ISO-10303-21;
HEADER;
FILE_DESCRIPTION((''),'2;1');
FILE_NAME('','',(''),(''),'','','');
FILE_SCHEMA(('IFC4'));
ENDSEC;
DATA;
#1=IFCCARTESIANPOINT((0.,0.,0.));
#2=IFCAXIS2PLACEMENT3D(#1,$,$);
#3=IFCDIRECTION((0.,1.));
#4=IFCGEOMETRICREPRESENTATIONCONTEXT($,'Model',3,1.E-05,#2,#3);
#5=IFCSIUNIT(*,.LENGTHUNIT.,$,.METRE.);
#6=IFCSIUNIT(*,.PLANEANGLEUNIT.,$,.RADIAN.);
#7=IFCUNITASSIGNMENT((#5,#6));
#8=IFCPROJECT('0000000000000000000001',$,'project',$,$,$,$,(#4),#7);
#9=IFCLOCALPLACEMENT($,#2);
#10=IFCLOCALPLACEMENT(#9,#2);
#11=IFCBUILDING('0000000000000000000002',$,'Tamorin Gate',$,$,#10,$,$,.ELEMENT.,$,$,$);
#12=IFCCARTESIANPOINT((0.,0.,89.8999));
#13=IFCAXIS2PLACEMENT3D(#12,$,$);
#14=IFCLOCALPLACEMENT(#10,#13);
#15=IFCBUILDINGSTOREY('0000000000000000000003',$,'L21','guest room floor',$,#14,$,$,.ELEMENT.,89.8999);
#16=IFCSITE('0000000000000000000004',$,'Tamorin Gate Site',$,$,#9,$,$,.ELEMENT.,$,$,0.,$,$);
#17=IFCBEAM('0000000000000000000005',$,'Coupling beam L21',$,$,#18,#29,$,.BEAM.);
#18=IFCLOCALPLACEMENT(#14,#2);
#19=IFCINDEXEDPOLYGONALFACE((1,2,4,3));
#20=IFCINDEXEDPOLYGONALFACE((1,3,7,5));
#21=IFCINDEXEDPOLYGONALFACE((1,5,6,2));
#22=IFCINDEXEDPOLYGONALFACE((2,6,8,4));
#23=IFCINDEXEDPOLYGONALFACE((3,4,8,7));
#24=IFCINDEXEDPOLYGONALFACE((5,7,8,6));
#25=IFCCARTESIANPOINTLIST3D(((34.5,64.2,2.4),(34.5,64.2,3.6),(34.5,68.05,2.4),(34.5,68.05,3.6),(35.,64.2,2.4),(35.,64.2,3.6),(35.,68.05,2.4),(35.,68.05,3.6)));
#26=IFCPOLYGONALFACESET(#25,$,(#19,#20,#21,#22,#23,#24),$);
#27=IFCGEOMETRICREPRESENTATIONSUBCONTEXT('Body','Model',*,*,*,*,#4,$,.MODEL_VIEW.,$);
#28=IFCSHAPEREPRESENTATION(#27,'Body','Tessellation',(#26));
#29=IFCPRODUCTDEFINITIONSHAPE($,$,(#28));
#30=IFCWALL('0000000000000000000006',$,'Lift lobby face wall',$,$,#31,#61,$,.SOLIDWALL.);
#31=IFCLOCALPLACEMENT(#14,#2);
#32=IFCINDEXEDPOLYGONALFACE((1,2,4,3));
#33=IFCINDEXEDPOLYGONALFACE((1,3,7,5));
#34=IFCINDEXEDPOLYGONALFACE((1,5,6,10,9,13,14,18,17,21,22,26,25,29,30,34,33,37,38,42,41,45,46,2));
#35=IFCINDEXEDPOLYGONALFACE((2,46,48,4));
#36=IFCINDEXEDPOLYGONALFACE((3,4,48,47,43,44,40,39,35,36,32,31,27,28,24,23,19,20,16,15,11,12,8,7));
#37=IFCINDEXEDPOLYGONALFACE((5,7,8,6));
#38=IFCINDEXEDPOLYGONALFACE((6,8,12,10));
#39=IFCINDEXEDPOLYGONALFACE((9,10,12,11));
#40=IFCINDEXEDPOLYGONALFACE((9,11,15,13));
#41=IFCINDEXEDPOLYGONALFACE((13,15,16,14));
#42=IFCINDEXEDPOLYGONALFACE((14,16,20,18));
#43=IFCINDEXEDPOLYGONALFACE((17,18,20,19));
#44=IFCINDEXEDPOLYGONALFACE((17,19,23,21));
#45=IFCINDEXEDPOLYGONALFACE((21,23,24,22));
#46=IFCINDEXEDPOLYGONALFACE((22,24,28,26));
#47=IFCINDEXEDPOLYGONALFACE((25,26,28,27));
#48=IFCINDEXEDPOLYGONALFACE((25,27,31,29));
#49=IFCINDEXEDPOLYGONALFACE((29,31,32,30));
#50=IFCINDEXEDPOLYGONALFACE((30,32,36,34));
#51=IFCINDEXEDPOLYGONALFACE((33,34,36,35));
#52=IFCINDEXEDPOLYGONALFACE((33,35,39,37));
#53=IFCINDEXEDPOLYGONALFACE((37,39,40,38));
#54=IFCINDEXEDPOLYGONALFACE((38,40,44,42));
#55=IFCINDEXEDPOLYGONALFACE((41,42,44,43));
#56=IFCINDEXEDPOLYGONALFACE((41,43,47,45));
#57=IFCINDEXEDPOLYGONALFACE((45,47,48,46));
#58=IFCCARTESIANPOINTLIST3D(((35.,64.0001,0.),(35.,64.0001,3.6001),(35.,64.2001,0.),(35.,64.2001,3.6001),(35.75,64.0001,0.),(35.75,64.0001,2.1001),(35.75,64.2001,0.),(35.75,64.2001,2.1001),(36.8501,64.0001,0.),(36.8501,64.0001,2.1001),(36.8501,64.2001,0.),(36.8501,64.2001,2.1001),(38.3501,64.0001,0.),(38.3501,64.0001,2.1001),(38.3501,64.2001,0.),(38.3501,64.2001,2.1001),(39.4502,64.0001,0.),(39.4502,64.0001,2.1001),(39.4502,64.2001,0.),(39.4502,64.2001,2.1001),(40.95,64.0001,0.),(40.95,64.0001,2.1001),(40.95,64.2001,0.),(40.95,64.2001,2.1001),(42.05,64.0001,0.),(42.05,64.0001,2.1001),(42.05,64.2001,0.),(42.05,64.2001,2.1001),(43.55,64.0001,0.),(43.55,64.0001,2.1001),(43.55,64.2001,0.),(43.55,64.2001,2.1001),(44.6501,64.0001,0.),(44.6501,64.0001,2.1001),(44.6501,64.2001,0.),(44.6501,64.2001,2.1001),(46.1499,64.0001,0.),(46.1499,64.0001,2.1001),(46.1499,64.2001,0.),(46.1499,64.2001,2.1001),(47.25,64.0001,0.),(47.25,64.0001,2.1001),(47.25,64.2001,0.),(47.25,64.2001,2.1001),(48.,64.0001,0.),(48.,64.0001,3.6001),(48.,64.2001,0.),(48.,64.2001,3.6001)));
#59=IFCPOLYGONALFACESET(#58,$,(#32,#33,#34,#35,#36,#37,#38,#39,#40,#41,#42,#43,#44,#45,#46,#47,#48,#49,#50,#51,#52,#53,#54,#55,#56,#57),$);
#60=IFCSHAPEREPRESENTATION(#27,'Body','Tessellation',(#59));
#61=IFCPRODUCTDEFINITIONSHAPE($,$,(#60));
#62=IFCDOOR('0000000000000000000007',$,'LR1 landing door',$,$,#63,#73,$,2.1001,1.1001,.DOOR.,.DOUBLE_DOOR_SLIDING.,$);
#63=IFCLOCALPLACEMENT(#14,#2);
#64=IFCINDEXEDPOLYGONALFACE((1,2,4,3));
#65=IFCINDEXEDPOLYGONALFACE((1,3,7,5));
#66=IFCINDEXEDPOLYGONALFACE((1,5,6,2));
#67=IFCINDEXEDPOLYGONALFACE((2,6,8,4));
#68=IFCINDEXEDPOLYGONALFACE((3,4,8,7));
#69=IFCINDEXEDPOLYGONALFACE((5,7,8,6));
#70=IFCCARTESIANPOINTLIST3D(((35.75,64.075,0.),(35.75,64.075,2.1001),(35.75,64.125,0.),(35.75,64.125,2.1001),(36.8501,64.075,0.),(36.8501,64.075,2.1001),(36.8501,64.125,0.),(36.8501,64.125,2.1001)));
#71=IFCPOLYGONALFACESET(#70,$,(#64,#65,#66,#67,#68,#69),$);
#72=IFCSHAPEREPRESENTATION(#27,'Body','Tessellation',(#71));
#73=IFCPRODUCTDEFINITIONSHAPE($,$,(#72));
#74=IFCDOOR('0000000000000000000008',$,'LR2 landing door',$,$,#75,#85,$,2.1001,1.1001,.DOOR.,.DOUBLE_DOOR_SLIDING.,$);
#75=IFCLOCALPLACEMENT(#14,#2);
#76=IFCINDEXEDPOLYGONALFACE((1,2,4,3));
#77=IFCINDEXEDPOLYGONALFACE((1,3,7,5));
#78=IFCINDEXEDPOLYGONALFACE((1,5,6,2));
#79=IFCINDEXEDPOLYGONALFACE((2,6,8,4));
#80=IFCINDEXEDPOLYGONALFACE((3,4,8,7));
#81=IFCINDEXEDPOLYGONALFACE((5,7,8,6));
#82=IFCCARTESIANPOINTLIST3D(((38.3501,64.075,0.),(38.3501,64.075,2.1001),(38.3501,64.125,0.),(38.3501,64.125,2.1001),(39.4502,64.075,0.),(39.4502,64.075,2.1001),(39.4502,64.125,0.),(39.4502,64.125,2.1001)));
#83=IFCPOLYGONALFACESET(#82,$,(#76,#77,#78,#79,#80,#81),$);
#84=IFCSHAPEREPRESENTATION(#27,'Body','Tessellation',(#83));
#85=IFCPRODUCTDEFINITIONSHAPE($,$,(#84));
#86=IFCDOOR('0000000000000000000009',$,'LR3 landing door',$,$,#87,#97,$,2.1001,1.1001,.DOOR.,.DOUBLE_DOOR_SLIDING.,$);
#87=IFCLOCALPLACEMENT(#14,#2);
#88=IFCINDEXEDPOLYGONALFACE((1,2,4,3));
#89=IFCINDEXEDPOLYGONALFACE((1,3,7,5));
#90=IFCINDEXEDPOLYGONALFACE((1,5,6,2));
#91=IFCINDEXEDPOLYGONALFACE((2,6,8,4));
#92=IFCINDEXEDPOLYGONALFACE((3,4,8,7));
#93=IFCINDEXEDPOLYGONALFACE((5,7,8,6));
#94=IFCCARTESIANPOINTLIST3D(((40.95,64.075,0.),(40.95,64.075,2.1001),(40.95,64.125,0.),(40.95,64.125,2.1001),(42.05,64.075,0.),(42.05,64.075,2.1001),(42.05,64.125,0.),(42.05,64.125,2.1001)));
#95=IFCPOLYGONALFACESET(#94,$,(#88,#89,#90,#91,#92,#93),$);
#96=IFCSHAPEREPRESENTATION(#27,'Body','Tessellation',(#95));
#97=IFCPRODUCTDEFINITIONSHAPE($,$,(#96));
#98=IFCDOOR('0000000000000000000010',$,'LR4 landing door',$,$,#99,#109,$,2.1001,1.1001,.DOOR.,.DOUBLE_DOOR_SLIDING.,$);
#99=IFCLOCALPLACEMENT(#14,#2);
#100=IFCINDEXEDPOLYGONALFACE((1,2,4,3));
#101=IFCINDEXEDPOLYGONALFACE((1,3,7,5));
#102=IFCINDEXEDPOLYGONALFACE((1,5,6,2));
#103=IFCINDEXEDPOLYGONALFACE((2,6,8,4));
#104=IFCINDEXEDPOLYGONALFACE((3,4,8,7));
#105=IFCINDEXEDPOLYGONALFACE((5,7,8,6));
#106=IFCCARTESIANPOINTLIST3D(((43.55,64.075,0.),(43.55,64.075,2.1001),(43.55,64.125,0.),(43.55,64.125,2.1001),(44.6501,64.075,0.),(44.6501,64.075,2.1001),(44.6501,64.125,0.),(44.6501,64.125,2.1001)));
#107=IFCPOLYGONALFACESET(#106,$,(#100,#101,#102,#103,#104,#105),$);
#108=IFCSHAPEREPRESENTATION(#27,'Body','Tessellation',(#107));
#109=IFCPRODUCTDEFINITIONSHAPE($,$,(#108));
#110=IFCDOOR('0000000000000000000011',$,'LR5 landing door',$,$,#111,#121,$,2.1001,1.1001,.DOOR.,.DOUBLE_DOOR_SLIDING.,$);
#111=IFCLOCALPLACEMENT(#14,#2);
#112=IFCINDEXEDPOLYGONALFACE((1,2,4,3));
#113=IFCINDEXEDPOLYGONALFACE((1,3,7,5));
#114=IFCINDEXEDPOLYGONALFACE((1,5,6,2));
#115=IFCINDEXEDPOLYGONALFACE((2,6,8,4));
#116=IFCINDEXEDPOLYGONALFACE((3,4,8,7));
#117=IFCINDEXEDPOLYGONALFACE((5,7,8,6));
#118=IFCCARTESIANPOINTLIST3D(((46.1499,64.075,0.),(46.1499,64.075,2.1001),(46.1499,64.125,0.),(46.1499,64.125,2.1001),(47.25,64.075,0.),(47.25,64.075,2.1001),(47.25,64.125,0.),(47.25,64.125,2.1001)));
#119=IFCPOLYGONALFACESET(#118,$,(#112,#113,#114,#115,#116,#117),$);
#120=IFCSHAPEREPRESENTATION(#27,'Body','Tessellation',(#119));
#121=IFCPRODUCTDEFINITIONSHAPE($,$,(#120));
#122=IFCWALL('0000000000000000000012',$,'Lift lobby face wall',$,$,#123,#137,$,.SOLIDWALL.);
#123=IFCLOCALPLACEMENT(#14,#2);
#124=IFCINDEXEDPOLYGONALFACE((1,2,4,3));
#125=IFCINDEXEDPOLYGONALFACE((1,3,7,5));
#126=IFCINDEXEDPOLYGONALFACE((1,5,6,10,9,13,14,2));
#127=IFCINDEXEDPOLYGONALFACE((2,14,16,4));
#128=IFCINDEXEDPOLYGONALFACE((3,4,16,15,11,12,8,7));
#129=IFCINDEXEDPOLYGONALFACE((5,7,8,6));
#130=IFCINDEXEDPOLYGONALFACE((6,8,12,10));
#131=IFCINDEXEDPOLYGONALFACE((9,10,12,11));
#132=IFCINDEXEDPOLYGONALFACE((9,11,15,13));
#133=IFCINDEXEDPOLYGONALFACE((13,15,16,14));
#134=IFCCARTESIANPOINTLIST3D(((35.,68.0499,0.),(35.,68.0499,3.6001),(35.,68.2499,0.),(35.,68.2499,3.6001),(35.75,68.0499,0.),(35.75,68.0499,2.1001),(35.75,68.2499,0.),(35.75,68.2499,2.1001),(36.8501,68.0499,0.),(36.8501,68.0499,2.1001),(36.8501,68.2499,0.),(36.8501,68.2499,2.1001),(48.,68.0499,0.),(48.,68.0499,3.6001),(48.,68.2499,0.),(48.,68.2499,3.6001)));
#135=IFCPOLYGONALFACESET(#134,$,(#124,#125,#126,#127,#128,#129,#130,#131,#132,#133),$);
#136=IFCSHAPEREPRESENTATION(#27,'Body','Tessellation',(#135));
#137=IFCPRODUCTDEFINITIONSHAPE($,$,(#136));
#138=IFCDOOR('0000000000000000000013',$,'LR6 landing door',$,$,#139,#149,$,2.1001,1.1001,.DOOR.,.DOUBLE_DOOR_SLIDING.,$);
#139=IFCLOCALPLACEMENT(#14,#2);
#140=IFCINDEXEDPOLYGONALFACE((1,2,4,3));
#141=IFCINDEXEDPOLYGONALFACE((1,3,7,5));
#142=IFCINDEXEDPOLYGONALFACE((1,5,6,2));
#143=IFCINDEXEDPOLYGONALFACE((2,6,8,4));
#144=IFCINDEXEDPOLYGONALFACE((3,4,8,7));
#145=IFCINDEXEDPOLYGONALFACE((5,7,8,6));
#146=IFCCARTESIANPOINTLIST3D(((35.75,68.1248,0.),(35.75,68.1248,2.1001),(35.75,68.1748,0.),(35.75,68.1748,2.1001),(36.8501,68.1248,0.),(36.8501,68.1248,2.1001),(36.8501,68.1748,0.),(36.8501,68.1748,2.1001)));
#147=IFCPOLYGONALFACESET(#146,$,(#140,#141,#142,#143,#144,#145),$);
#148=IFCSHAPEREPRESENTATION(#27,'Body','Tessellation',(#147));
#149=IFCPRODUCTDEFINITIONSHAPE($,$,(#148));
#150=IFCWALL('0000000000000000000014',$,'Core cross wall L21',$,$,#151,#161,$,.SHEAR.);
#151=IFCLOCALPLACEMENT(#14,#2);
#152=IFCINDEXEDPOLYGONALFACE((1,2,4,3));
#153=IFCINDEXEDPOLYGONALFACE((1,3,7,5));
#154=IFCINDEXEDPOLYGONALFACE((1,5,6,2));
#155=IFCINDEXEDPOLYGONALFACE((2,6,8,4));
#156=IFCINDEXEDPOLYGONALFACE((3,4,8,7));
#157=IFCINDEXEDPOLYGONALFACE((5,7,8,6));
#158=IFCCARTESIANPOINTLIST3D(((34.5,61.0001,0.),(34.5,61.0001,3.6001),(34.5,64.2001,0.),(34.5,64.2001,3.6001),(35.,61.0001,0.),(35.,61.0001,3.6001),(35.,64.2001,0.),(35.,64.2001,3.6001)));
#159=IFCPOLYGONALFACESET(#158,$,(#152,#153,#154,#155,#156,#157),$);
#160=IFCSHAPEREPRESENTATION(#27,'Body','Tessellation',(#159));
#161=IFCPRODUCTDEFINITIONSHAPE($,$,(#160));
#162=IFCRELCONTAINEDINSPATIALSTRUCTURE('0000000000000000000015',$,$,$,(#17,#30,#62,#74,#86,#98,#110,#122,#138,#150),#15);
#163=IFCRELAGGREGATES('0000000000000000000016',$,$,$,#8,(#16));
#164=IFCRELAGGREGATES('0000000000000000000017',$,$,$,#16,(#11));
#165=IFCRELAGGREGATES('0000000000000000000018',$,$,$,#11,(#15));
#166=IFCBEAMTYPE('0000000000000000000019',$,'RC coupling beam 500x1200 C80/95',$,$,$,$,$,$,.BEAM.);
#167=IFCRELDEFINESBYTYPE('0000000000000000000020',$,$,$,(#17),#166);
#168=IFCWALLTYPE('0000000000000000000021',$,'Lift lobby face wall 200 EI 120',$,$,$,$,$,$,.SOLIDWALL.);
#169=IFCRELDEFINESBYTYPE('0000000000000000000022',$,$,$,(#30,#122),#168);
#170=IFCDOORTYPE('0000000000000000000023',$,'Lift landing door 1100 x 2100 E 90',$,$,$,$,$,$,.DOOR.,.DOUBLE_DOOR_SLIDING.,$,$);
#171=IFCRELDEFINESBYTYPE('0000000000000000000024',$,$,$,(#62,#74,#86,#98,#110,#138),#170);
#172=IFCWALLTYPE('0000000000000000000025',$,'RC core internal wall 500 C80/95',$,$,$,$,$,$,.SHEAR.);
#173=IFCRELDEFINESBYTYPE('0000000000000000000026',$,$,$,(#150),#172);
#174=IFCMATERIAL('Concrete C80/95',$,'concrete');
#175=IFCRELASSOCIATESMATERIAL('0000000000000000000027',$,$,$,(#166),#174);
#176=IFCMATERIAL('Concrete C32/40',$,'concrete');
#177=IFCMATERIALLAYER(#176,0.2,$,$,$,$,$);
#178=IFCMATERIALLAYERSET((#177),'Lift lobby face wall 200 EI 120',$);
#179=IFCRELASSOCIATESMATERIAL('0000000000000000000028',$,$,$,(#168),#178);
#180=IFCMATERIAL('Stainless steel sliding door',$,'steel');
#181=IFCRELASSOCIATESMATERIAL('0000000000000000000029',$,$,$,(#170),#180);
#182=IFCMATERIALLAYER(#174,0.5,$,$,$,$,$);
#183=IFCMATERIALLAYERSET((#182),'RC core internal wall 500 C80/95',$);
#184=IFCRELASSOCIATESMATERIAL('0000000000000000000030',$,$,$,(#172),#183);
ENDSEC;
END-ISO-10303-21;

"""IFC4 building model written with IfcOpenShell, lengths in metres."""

from ifc_helpers import new_model, si_unit, direction, frame, frame_2d, origin, origin_2d, place, context, subcontext, project, spatial, rectangle, extrude, material, layer, layer_set, material_profile, profile_set, type_object, element, fill, save


model = new_model("IFC4")

# Units and contexts
model_context = context("Model", 3, precision=1e-05, world=origin(), true_north=direction((0.0, 1.0)))
body_context = subcontext(model_context, "Body", "Model", "MODEL_VIEW")
ifc_project = project(units=[si_unit("LENGTHUNIT", "METRE"), si_unit("PLANEANGLEUNIT", "RADIAN")], contexts=[model_context])

# Site, building, storey
site_placement = place(None, origin())
site = spatial("IfcSite", under=ifc_project, at=site_placement, Name="Tamorin Gate Site", CompositionType="ELEMENT", RefElevation=0.0)
building_placement = place(site_placement, origin())
building = spatial("IfcBuilding", under=site, at=building_placement, Name="Tamorin Gate", CompositionType="ELEMENT")
storey_placement = place(building_placement, frame((0.0, 0.0, 89.8999)))
storey = spatial("IfcBuildingStorey", under=building, at=storey_placement, Name="L21", Description="guest room floor", CompositionType="ELEMENT", Elevation=89.8999)

# Beam
ifc_material_1 = material(Name="Concrete C80/95", Category="concrete")
ifc_material_profile = material_profile(ifc_material_1, rectangle(XDim=0.5, YDim=1.2, at=origin_2d()), Name="RC 500x1200")
ifc_profile_set = profile_set([ifc_material_profile], Name="Concrete C80/95")
beam_type = type_object("IfcBeamType", Name="RC coupling beam 500x1200 C80/95", PredefinedType="BEAM", material=ifc_profile_set)
beam_placement = place(storey_placement, frame((34.75, 64.2, 3.0), z_axis=(0.0, 1.0, 0.0), x_axis=(-1.0, 0.0, 0.0)))
element("IfcBeam", 1, at=beam_placement, inside=storey, type_object=beam_type, Name="Coupling beam L21", PredefinedType="BEAM", context=body_context, shape_type="SweptSolid", body=[
    extrude(rectangle(XDim=0.5, YDim=1.2, at=origin_2d()), origin(), (0.0, 0.0, 1.0), 3.8501),
])

# Wall, openings, doors
ifc_material_2 = material(Name="Concrete C32/40", Category="concrete")
ifc_layer_1 = layer(ifc_material_2, 0.2)
ifc_layer_set_1 = layer_set([ifc_layer_1], Name="Lift lobby face wall 200 EI 120")
wall_type_1 = type_object("IfcWallType", Name="Lift lobby face wall 200 EI 120", PredefinedType="SOLIDWALL", material=ifc_layer_set_1)
wall_1_placement = place(storey_placement, frame((35.0, 64.1001, 0.0), z_axis=(0.0, 0.0, 1.0), x_axis=(1.0, 0.0, 0.0)))
wall_1 = element("IfcWall", 2, at=wall_1_placement, inside=storey, type_object=wall_type_1, Name="Lift lobby face wall", PredefinedType="SOLIDWALL", context=body_context, shape_type="SweptSolid", body=[
    extrude(rectangle(XDim=13.0, YDim=0.2, at=frame_2d((6.5, 0.0))), origin(), (0.0, 0.0, 1.0), 3.6001),
])
opening_1_placement = place(wall_1_placement, frame((0.75, 0.0, 0.0)))
opening_1 = element("IfcOpeningElement", 3, at=opening_1_placement, cuts=wall_1, PredefinedType="OPENING", context=body_context, shape_type="SweptSolid", body=[
    extrude(rectangle(XDim=1.1001, YDim=2.1001, at=frame_2d((0.55, 1.05))), frame((0.0, 0.1099, 0.0), z_axis=(0.0, -1.0, 0.0), x_axis=(1.0, 0.0, 0.0)), (0.0, 0.0, 1.0), 0.22),
])
opening_2_placement = place(wall_1_placement, frame((3.3501, 0.0, 0.0)))
opening_2 = element("IfcOpeningElement", 4, at=opening_2_placement, cuts=wall_1, PredefinedType="OPENING", context=body_context, shape_type="SweptSolid", body=[
    extrude(rectangle(XDim=1.1001, YDim=2.1001, at=frame_2d((0.55, 1.05))), frame((0.0, 0.1099, 0.0), z_axis=(0.0, -1.0, 0.0), x_axis=(1.0, 0.0, 0.0)), (0.0, 0.0, 1.0), 0.22),
])
opening_3_placement = place(wall_1_placement, frame((5.95, 0.0, 0.0)))
opening_3 = element("IfcOpeningElement", 5, at=opening_3_placement, cuts=wall_1, PredefinedType="OPENING", context=body_context, shape_type="SweptSolid", body=[
    extrude(rectangle(XDim=1.1001, YDim=2.1001, at=frame_2d((0.55, 1.05))), frame((0.0, 0.1099, 0.0), z_axis=(0.0, -1.0, 0.0), x_axis=(1.0, 0.0, 0.0)), (0.0, 0.0, 1.0), 0.22),
])
opening_4_placement = place(wall_1_placement, frame((8.55, 0.0, 0.0)))
opening_4 = element("IfcOpeningElement", 6, at=opening_4_placement, cuts=wall_1, PredefinedType="OPENING", context=body_context, shape_type="SweptSolid", body=[
    extrude(rectangle(XDim=1.1001, YDim=2.1001, at=frame_2d((0.55, 1.05))), frame((0.0, 0.1099, 0.0), z_axis=(0.0, -1.0, 0.0), x_axis=(1.0, 0.0, 0.0)), (0.0, 0.0, 1.0), 0.22),
])
opening_5_placement = place(wall_1_placement, frame((11.1499, 0.0, 0.0)))
opening_5 = element("IfcOpeningElement", 7, at=opening_5_placement, cuts=wall_1, PredefinedType="OPENING", context=body_context, shape_type="SweptSolid", body=[
    extrude(rectangle(XDim=1.1001, YDim=2.1001, at=frame_2d((0.55, 1.05))), frame((0.0, 0.1099, 0.0), z_axis=(0.0, -1.0, 0.0), x_axis=(1.0, 0.0, 0.0)), (0.0, 0.0, 1.0), 0.22),
])
ifc_material_3 = material(Name="Stainless steel sliding door", Category="steel")
door_type_1 = type_object("IfcDoorType", Name="Lift landing door 1100 x 2100 E 90", OperationType="DOUBLE_DOOR_SLIDING", PredefinedType="DOOR", material=ifc_material_3)
door_1_placement = place(opening_1_placement, origin())
door_1 = element("IfcDoor", 8, at=door_1_placement, inside=storey, type_object=door_type_1, Name="LR1 landing door", OperationType="DOUBLE_DOOR_SLIDING", OverallHeight=2.1001, OverallWidth=1.1001, PredefinedType="DOOR", context=body_context, shape_type="SweptSolid", body=[
    extrude(rectangle(XDim=1.1001, YDim=2.1001, at=frame_2d((0.55, 1.05))), frame((0.0, 0.0249, 0.0), z_axis=(0.0, -1.0, 0.0), x_axis=(1.0, 0.0, 0.0)), (0.0, 0.0, 1.0), 0.05),
])
fill(opening_1, door_1)
door_2_placement = place(opening_2_placement, origin())
door_2 = element("IfcDoor", 9, at=door_2_placement, inside=storey, type_object=door_type_1, Name="LR2 landing door", OperationType="DOUBLE_DOOR_SLIDING", OverallHeight=2.1001, OverallWidth=1.1001, PredefinedType="DOOR", context=body_context, shape_type="SweptSolid", body=[
    extrude(rectangle(XDim=1.1001, YDim=2.1001, at=frame_2d((0.55, 1.05))), frame((0.0, 0.0249, 0.0), z_axis=(0.0, -1.0, 0.0), x_axis=(1.0, 0.0, 0.0)), (0.0, 0.0, 1.0), 0.05),
])
fill(opening_2, door_2)
door_3_placement = place(opening_3_placement, origin())
door_3 = element("IfcDoor", 10, at=door_3_placement, inside=storey, type_object=door_type_1, Name="LR3 landing door", OperationType="DOUBLE_DOOR_SLIDING", OverallHeight=2.1001, OverallWidth=1.1001, PredefinedType="DOOR", context=body_context, shape_type="SweptSolid", body=[
    extrude(rectangle(XDim=1.1001, YDim=2.1001, at=frame_2d((0.55, 1.05))), frame((0.0, 0.0249, 0.0), z_axis=(0.0, -1.0, 0.0), x_axis=(1.0, 0.0, 0.0)), (0.0, 0.0, 1.0), 0.05),
])
fill(opening_3, door_3)
door_4_placement = place(opening_4_placement, origin())
door_4 = element("IfcDoor", 11, at=door_4_placement, inside=storey, type_object=door_type_1, Name="LR4 landing door", OperationType="DOUBLE_DOOR_SLIDING", OverallHeight=2.1001, OverallWidth=1.1001, PredefinedType="DOOR", context=body_context, shape_type="SweptSolid", body=[
    extrude(rectangle(XDim=1.1001, YDim=2.1001, at=frame_2d((0.55, 1.05))), frame((0.0, 0.0249, 0.0), z_axis=(0.0, -1.0, 0.0), x_axis=(1.0, 0.0, 0.0)), (0.0, 0.0, 1.0), 0.05),
])
fill(opening_4, door_4)
door_5_placement = place(opening_5_placement, origin())
door_5 = element("IfcDoor", 12, at=door_5_placement, inside=storey, type_object=door_type_1, Name="LR5 landing door", OperationType="DOUBLE_DOOR_SLIDING", OverallHeight=2.1001, OverallWidth=1.1001, PredefinedType="DOOR", context=body_context, shape_type="SweptSolid", body=[
    extrude(rectangle(XDim=1.1001, YDim=2.1001, at=frame_2d((0.55, 1.05))), frame((0.0, 0.0249, 0.0), z_axis=(0.0, -1.0, 0.0), x_axis=(1.0, 0.0, 0.0)), (0.0, 0.0, 1.0), 0.05),
])
fill(opening_5, door_5)

# Wall, opening, door
wall_2_placement = place(storey_placement, frame((35.0, 68.1499, 0.0), z_axis=(0.0, 0.0, 1.0), x_axis=(1.0, 0.0, 0.0)))
wall_2 = element("IfcWall", 13, at=wall_2_placement, inside=storey, type_object=wall_type_1, Name="Lift lobby face wall", PredefinedType="SOLIDWALL", context=body_context, shape_type="SweptSolid", body=[
    extrude(rectangle(XDim=13.0, YDim=0.2, at=frame_2d((6.5, 0.0))), origin(), (0.0, 0.0, 1.0), 3.6001),
])
opening_6_placement = place(wall_2_placement, frame((0.75, 0.0, 0.0)))
opening_6 = element("IfcOpeningElement", 14, at=opening_6_placement, cuts=wall_2, PredefinedType="OPENING", context=body_context, shape_type="SweptSolid", body=[
    extrude(rectangle(XDim=1.1001, YDim=2.1001, at=frame_2d((0.55, 1.05))), frame((0.0, 0.1099, 0.0), z_axis=(0.0, -1.0, 0.0), x_axis=(1.0, 0.0, 0.0)), (0.0, 0.0, 1.0), 0.22),
])
door_6_placement = place(opening_6_placement, origin())
door_6 = element("IfcDoor", 15, at=door_6_placement, inside=storey, type_object=door_type_1, Name="LR6 landing door", OperationType="DOUBLE_DOOR_SLIDING", OverallHeight=2.1001, OverallWidth=1.1001, PredefinedType="DOOR", context=body_context, shape_type="SweptSolid", body=[
    extrude(rectangle(XDim=1.1001, YDim=2.1001, at=frame_2d((0.55, 1.05))), frame((0.0, 0.0249, 0.0), z_axis=(0.0, -1.0, 0.0), x_axis=(1.0, 0.0, 0.0)), (0.0, 0.0, 1.0), 0.05),
])
fill(opening_6, door_6)

# Wall
ifc_layer_2 = layer(ifc_material_1, 0.5)
ifc_layer_set_2 = layer_set([ifc_layer_2], Name="RC core internal wall 500 C80/95")
wall_type_2 = type_object("IfcWallType", Name="RC core internal wall 500 C80/95", PredefinedType="SHEAR", material=ifc_layer_set_2)
wall_3_placement = place(storey_placement, frame((34.75, 61.0, 0.0), z_axis=(0.0, 0.0, 1.0), x_axis=(0.0, 1.0, 0.0)))
element("IfcWall", 16, at=wall_3_placement, inside=storey, type_object=wall_type_2, Name="Core cross wall L21", PredefinedType="SHEAR", context=body_context, shape_type="SweptSolid", body=[
    extrude(rectangle(XDim=3.2, YDim=0.5, at=frame_2d((1.6001, 0.0))), origin(), (0.0, 0.0, 1.0), 3.6001),
])

save(model, "model.ifc")
